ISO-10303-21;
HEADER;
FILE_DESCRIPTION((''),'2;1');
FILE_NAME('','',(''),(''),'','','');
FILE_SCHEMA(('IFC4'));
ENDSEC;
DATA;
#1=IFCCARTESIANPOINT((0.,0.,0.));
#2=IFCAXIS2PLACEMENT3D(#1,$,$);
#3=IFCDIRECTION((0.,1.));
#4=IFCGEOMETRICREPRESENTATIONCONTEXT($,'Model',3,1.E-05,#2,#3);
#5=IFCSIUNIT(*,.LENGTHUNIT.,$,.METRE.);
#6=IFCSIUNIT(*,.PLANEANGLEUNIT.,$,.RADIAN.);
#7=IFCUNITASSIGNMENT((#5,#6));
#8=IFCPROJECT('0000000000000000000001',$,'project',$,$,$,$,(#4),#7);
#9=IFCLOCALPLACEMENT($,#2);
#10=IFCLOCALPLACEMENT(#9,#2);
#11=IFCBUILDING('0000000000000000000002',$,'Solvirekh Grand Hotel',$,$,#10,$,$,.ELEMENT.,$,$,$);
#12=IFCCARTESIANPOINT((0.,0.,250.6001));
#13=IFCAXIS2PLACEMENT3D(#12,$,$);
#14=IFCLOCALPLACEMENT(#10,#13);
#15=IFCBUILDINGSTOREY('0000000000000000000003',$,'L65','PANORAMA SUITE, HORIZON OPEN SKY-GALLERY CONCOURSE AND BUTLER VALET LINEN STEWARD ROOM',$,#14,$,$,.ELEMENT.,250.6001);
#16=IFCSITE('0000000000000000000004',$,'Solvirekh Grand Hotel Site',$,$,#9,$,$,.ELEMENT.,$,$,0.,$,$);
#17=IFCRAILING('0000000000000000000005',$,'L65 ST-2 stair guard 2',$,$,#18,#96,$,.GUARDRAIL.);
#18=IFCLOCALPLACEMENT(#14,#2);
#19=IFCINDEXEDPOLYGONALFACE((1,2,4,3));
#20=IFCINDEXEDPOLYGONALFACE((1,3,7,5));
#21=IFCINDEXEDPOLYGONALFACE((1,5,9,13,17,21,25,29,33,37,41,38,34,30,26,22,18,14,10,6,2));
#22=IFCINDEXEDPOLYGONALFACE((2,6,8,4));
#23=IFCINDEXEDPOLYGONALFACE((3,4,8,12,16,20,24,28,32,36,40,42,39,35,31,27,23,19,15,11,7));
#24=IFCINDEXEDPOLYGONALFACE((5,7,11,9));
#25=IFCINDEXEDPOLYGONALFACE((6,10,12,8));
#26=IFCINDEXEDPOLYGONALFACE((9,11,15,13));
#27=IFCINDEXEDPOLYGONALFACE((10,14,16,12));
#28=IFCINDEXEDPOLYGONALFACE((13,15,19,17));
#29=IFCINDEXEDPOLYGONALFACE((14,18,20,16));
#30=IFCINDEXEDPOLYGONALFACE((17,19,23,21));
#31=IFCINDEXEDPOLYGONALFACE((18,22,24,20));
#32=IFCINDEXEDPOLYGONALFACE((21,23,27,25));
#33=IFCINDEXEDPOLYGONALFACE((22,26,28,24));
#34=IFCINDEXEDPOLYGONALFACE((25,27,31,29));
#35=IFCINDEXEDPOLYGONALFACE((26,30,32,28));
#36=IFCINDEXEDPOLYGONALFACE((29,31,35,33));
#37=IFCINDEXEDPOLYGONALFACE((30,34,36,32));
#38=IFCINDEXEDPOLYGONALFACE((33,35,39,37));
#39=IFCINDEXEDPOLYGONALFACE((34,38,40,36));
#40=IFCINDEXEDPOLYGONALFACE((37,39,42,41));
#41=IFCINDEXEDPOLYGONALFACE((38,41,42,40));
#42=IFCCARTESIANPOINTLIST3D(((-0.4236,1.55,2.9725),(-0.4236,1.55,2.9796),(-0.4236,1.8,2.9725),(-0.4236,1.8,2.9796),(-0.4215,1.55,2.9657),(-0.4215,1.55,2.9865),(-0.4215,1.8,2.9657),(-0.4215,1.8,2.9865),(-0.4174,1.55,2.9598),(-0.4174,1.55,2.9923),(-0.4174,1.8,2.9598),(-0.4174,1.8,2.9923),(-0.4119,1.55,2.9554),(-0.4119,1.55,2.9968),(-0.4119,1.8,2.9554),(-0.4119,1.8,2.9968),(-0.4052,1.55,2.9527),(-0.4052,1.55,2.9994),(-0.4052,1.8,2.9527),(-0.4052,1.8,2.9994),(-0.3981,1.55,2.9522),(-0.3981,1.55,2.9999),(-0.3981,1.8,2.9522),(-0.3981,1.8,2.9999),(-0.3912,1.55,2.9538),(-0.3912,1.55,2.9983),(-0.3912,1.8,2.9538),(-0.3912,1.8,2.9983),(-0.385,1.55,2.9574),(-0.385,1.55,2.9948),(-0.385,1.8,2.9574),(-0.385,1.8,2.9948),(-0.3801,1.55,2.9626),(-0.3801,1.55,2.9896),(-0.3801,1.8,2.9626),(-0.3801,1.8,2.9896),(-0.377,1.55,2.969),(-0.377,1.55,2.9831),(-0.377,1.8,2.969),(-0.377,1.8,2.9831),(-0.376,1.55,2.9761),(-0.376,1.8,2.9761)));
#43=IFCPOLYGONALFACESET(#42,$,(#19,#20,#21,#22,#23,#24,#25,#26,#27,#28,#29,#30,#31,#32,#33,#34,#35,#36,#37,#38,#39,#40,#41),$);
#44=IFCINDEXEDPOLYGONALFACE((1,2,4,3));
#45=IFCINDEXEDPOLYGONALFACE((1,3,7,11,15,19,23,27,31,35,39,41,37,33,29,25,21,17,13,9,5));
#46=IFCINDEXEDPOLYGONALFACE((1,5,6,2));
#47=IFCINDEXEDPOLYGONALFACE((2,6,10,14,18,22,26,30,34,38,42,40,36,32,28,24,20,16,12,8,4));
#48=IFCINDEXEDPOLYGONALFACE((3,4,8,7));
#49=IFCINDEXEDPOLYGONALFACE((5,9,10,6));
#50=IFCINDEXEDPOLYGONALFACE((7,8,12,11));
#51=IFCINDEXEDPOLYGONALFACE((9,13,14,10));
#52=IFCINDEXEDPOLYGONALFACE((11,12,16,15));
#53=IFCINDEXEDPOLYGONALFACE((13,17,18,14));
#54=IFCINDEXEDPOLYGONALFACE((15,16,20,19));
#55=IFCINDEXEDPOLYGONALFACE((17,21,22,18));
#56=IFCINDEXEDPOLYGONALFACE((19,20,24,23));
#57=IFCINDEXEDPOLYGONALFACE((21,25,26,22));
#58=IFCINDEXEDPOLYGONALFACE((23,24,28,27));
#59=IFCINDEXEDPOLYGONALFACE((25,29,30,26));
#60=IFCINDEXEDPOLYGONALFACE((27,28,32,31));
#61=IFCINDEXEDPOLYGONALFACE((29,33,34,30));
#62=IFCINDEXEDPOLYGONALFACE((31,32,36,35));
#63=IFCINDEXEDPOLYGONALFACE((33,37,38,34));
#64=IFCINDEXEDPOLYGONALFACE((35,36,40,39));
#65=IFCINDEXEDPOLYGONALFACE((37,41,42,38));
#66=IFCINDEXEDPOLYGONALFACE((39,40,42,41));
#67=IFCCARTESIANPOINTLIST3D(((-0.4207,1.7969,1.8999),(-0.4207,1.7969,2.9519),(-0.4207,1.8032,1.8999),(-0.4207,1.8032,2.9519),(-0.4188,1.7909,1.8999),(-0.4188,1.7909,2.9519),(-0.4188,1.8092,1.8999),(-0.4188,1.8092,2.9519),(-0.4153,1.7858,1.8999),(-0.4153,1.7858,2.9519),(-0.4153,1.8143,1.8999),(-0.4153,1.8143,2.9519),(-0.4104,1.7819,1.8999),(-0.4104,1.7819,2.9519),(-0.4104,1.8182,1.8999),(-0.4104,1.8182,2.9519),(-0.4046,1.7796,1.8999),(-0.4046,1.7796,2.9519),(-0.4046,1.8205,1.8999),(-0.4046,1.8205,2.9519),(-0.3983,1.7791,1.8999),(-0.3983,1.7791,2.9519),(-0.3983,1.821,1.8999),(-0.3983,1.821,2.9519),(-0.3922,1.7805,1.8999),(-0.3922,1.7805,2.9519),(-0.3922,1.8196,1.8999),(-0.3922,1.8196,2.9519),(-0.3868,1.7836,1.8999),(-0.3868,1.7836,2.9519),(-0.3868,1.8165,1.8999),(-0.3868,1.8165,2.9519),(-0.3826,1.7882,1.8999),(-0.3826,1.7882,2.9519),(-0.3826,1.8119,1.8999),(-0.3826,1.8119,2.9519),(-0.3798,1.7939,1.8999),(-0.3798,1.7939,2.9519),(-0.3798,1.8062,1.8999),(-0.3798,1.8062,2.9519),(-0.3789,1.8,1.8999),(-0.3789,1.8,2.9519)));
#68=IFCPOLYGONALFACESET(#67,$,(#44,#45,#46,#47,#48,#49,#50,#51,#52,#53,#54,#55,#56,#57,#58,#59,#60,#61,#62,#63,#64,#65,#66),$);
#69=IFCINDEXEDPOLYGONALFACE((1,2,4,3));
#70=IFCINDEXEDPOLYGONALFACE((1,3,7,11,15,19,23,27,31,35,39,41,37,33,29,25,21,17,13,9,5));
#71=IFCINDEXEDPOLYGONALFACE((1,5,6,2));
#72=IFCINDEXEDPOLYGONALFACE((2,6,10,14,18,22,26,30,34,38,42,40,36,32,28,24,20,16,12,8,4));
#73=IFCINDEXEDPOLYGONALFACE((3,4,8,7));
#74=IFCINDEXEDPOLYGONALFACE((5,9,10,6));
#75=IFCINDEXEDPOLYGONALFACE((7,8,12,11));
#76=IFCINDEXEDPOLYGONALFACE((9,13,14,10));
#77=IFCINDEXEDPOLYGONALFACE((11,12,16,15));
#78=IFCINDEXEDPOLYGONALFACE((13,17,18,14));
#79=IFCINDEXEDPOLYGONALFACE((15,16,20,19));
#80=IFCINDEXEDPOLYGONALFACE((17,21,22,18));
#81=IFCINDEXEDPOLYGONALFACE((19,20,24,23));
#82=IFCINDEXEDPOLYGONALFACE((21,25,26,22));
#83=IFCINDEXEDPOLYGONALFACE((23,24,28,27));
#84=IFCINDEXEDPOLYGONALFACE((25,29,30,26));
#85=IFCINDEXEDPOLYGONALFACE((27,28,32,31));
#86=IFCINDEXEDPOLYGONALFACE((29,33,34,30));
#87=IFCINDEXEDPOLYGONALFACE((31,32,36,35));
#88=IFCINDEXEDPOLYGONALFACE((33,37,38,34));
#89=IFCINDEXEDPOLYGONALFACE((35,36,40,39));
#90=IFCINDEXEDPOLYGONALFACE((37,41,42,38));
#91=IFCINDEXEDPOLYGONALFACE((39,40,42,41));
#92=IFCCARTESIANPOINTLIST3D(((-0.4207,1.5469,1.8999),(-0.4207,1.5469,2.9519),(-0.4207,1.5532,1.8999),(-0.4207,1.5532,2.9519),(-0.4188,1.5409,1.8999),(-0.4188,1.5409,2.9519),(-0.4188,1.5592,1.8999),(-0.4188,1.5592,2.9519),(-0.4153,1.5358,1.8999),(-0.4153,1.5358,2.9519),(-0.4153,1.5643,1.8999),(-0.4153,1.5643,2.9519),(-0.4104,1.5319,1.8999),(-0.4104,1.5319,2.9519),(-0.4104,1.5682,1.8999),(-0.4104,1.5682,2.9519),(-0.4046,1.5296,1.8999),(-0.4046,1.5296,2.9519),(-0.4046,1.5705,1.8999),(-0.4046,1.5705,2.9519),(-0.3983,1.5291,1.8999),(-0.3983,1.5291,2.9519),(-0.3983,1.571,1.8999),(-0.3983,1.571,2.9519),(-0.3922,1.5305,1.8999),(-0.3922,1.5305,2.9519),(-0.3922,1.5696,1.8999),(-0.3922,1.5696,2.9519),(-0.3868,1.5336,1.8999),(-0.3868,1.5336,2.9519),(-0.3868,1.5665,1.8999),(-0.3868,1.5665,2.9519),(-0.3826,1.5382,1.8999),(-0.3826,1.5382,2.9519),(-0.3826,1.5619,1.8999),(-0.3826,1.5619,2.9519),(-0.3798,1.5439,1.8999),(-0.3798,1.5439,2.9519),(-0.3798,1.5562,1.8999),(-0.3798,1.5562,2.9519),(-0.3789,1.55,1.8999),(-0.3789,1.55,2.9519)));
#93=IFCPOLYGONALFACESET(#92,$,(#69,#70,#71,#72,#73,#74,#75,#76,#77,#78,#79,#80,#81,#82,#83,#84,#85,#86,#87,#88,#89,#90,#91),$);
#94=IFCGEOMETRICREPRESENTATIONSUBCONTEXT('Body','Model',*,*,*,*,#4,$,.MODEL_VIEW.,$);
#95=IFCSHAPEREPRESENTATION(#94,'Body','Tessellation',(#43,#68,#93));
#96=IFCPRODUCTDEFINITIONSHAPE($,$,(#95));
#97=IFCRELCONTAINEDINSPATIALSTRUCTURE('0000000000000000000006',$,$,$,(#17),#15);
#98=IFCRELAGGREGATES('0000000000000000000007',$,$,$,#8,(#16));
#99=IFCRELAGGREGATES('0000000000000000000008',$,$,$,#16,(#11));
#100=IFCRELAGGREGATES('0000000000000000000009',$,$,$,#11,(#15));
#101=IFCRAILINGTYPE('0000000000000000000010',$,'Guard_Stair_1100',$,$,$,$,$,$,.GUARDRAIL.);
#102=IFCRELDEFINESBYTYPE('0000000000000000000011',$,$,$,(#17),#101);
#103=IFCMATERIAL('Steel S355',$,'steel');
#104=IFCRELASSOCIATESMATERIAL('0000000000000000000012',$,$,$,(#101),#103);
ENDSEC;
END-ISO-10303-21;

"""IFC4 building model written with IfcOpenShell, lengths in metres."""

from ifc_helpers import new_model, si_unit, direction, frame, origin, origin_2d, place, context, subcontext, project, spatial, circle, extrude, material, type_object, element, save


model = new_model("IFC4")

# Units and contexts
model_context = context("Model", 3, precision=1e-05, world=origin(), true_north=direction((0.0, 1.0)))
body_context = subcontext(model_context, "Body", "Model", "MODEL_VIEW")
ifc_project = project(units=[si_unit("LENGTHUNIT", "METRE"), si_unit("PLANEANGLEUNIT", "RADIAN")], contexts=[model_context])

# Site, building, storey
site_placement = place(None, origin())
site = spatial("IfcSite", under=ifc_project, at=site_placement, Name="Solvirekh Grand Hotel Site", CompositionType="ELEMENT", RefElevation=0.0)
building_placement = place(site_placement, origin())
building = spatial("IfcBuilding", under=site, at=building_placement, Name="Solvirekh Grand Hotel", CompositionType="ELEMENT")
storey_placement = place(building_placement, frame((0.0, 0.0, 250.6001)))
storey = spatial("IfcBuildingStorey", under=building, at=storey_placement, Name="L65", Description="PANORAMA SUITE, HORIZON OPEN SKY-GALLERY CONCOURSE AND BUTLER VALET LINEN STEWARD ROOM", CompositionType="ELEMENT", Elevation=250.6001)

# Shared definitions
ifc_material_1 = material(Name="Steel S355", Category="steel")

# Railing
railing_type = type_object("IfcRailingType", Name="Guard_Stair_1100", PredefinedType="GUARDRAIL", material=ifc_material_1)
railing_placement = place(storey_placement, frame((-0.3999, 1.8, 1.8999)))
element("IfcRailing", 1, at=railing_placement, inside=storey, type_object=railing_type, Name="L65 ST-2 stair guard 2", PredefinedType="GUARDRAIL", context=body_context, shape_type="SweptSolid", body=[
    extrude(circle(Radius=0.0239, at=origin_2d()), frame((0.0, 0.0, 1.0762), z_axis=(0.0, -1.0, 0.0), x_axis=(1.0, 0.0, 0.0)), (0.0, 0.0, 1.0), 0.25),
    extrude(circle(Radius=0.021, at=origin_2d()), origin(), (0.0, 0.0, 1.0), 1.052),
    extrude(circle(Radius=0.021, at=origin_2d()), frame((0.0, -0.25, 0.0)), (0.0, 0.0, 1.0), 1.052),
])

save(model, "model.ifc")
